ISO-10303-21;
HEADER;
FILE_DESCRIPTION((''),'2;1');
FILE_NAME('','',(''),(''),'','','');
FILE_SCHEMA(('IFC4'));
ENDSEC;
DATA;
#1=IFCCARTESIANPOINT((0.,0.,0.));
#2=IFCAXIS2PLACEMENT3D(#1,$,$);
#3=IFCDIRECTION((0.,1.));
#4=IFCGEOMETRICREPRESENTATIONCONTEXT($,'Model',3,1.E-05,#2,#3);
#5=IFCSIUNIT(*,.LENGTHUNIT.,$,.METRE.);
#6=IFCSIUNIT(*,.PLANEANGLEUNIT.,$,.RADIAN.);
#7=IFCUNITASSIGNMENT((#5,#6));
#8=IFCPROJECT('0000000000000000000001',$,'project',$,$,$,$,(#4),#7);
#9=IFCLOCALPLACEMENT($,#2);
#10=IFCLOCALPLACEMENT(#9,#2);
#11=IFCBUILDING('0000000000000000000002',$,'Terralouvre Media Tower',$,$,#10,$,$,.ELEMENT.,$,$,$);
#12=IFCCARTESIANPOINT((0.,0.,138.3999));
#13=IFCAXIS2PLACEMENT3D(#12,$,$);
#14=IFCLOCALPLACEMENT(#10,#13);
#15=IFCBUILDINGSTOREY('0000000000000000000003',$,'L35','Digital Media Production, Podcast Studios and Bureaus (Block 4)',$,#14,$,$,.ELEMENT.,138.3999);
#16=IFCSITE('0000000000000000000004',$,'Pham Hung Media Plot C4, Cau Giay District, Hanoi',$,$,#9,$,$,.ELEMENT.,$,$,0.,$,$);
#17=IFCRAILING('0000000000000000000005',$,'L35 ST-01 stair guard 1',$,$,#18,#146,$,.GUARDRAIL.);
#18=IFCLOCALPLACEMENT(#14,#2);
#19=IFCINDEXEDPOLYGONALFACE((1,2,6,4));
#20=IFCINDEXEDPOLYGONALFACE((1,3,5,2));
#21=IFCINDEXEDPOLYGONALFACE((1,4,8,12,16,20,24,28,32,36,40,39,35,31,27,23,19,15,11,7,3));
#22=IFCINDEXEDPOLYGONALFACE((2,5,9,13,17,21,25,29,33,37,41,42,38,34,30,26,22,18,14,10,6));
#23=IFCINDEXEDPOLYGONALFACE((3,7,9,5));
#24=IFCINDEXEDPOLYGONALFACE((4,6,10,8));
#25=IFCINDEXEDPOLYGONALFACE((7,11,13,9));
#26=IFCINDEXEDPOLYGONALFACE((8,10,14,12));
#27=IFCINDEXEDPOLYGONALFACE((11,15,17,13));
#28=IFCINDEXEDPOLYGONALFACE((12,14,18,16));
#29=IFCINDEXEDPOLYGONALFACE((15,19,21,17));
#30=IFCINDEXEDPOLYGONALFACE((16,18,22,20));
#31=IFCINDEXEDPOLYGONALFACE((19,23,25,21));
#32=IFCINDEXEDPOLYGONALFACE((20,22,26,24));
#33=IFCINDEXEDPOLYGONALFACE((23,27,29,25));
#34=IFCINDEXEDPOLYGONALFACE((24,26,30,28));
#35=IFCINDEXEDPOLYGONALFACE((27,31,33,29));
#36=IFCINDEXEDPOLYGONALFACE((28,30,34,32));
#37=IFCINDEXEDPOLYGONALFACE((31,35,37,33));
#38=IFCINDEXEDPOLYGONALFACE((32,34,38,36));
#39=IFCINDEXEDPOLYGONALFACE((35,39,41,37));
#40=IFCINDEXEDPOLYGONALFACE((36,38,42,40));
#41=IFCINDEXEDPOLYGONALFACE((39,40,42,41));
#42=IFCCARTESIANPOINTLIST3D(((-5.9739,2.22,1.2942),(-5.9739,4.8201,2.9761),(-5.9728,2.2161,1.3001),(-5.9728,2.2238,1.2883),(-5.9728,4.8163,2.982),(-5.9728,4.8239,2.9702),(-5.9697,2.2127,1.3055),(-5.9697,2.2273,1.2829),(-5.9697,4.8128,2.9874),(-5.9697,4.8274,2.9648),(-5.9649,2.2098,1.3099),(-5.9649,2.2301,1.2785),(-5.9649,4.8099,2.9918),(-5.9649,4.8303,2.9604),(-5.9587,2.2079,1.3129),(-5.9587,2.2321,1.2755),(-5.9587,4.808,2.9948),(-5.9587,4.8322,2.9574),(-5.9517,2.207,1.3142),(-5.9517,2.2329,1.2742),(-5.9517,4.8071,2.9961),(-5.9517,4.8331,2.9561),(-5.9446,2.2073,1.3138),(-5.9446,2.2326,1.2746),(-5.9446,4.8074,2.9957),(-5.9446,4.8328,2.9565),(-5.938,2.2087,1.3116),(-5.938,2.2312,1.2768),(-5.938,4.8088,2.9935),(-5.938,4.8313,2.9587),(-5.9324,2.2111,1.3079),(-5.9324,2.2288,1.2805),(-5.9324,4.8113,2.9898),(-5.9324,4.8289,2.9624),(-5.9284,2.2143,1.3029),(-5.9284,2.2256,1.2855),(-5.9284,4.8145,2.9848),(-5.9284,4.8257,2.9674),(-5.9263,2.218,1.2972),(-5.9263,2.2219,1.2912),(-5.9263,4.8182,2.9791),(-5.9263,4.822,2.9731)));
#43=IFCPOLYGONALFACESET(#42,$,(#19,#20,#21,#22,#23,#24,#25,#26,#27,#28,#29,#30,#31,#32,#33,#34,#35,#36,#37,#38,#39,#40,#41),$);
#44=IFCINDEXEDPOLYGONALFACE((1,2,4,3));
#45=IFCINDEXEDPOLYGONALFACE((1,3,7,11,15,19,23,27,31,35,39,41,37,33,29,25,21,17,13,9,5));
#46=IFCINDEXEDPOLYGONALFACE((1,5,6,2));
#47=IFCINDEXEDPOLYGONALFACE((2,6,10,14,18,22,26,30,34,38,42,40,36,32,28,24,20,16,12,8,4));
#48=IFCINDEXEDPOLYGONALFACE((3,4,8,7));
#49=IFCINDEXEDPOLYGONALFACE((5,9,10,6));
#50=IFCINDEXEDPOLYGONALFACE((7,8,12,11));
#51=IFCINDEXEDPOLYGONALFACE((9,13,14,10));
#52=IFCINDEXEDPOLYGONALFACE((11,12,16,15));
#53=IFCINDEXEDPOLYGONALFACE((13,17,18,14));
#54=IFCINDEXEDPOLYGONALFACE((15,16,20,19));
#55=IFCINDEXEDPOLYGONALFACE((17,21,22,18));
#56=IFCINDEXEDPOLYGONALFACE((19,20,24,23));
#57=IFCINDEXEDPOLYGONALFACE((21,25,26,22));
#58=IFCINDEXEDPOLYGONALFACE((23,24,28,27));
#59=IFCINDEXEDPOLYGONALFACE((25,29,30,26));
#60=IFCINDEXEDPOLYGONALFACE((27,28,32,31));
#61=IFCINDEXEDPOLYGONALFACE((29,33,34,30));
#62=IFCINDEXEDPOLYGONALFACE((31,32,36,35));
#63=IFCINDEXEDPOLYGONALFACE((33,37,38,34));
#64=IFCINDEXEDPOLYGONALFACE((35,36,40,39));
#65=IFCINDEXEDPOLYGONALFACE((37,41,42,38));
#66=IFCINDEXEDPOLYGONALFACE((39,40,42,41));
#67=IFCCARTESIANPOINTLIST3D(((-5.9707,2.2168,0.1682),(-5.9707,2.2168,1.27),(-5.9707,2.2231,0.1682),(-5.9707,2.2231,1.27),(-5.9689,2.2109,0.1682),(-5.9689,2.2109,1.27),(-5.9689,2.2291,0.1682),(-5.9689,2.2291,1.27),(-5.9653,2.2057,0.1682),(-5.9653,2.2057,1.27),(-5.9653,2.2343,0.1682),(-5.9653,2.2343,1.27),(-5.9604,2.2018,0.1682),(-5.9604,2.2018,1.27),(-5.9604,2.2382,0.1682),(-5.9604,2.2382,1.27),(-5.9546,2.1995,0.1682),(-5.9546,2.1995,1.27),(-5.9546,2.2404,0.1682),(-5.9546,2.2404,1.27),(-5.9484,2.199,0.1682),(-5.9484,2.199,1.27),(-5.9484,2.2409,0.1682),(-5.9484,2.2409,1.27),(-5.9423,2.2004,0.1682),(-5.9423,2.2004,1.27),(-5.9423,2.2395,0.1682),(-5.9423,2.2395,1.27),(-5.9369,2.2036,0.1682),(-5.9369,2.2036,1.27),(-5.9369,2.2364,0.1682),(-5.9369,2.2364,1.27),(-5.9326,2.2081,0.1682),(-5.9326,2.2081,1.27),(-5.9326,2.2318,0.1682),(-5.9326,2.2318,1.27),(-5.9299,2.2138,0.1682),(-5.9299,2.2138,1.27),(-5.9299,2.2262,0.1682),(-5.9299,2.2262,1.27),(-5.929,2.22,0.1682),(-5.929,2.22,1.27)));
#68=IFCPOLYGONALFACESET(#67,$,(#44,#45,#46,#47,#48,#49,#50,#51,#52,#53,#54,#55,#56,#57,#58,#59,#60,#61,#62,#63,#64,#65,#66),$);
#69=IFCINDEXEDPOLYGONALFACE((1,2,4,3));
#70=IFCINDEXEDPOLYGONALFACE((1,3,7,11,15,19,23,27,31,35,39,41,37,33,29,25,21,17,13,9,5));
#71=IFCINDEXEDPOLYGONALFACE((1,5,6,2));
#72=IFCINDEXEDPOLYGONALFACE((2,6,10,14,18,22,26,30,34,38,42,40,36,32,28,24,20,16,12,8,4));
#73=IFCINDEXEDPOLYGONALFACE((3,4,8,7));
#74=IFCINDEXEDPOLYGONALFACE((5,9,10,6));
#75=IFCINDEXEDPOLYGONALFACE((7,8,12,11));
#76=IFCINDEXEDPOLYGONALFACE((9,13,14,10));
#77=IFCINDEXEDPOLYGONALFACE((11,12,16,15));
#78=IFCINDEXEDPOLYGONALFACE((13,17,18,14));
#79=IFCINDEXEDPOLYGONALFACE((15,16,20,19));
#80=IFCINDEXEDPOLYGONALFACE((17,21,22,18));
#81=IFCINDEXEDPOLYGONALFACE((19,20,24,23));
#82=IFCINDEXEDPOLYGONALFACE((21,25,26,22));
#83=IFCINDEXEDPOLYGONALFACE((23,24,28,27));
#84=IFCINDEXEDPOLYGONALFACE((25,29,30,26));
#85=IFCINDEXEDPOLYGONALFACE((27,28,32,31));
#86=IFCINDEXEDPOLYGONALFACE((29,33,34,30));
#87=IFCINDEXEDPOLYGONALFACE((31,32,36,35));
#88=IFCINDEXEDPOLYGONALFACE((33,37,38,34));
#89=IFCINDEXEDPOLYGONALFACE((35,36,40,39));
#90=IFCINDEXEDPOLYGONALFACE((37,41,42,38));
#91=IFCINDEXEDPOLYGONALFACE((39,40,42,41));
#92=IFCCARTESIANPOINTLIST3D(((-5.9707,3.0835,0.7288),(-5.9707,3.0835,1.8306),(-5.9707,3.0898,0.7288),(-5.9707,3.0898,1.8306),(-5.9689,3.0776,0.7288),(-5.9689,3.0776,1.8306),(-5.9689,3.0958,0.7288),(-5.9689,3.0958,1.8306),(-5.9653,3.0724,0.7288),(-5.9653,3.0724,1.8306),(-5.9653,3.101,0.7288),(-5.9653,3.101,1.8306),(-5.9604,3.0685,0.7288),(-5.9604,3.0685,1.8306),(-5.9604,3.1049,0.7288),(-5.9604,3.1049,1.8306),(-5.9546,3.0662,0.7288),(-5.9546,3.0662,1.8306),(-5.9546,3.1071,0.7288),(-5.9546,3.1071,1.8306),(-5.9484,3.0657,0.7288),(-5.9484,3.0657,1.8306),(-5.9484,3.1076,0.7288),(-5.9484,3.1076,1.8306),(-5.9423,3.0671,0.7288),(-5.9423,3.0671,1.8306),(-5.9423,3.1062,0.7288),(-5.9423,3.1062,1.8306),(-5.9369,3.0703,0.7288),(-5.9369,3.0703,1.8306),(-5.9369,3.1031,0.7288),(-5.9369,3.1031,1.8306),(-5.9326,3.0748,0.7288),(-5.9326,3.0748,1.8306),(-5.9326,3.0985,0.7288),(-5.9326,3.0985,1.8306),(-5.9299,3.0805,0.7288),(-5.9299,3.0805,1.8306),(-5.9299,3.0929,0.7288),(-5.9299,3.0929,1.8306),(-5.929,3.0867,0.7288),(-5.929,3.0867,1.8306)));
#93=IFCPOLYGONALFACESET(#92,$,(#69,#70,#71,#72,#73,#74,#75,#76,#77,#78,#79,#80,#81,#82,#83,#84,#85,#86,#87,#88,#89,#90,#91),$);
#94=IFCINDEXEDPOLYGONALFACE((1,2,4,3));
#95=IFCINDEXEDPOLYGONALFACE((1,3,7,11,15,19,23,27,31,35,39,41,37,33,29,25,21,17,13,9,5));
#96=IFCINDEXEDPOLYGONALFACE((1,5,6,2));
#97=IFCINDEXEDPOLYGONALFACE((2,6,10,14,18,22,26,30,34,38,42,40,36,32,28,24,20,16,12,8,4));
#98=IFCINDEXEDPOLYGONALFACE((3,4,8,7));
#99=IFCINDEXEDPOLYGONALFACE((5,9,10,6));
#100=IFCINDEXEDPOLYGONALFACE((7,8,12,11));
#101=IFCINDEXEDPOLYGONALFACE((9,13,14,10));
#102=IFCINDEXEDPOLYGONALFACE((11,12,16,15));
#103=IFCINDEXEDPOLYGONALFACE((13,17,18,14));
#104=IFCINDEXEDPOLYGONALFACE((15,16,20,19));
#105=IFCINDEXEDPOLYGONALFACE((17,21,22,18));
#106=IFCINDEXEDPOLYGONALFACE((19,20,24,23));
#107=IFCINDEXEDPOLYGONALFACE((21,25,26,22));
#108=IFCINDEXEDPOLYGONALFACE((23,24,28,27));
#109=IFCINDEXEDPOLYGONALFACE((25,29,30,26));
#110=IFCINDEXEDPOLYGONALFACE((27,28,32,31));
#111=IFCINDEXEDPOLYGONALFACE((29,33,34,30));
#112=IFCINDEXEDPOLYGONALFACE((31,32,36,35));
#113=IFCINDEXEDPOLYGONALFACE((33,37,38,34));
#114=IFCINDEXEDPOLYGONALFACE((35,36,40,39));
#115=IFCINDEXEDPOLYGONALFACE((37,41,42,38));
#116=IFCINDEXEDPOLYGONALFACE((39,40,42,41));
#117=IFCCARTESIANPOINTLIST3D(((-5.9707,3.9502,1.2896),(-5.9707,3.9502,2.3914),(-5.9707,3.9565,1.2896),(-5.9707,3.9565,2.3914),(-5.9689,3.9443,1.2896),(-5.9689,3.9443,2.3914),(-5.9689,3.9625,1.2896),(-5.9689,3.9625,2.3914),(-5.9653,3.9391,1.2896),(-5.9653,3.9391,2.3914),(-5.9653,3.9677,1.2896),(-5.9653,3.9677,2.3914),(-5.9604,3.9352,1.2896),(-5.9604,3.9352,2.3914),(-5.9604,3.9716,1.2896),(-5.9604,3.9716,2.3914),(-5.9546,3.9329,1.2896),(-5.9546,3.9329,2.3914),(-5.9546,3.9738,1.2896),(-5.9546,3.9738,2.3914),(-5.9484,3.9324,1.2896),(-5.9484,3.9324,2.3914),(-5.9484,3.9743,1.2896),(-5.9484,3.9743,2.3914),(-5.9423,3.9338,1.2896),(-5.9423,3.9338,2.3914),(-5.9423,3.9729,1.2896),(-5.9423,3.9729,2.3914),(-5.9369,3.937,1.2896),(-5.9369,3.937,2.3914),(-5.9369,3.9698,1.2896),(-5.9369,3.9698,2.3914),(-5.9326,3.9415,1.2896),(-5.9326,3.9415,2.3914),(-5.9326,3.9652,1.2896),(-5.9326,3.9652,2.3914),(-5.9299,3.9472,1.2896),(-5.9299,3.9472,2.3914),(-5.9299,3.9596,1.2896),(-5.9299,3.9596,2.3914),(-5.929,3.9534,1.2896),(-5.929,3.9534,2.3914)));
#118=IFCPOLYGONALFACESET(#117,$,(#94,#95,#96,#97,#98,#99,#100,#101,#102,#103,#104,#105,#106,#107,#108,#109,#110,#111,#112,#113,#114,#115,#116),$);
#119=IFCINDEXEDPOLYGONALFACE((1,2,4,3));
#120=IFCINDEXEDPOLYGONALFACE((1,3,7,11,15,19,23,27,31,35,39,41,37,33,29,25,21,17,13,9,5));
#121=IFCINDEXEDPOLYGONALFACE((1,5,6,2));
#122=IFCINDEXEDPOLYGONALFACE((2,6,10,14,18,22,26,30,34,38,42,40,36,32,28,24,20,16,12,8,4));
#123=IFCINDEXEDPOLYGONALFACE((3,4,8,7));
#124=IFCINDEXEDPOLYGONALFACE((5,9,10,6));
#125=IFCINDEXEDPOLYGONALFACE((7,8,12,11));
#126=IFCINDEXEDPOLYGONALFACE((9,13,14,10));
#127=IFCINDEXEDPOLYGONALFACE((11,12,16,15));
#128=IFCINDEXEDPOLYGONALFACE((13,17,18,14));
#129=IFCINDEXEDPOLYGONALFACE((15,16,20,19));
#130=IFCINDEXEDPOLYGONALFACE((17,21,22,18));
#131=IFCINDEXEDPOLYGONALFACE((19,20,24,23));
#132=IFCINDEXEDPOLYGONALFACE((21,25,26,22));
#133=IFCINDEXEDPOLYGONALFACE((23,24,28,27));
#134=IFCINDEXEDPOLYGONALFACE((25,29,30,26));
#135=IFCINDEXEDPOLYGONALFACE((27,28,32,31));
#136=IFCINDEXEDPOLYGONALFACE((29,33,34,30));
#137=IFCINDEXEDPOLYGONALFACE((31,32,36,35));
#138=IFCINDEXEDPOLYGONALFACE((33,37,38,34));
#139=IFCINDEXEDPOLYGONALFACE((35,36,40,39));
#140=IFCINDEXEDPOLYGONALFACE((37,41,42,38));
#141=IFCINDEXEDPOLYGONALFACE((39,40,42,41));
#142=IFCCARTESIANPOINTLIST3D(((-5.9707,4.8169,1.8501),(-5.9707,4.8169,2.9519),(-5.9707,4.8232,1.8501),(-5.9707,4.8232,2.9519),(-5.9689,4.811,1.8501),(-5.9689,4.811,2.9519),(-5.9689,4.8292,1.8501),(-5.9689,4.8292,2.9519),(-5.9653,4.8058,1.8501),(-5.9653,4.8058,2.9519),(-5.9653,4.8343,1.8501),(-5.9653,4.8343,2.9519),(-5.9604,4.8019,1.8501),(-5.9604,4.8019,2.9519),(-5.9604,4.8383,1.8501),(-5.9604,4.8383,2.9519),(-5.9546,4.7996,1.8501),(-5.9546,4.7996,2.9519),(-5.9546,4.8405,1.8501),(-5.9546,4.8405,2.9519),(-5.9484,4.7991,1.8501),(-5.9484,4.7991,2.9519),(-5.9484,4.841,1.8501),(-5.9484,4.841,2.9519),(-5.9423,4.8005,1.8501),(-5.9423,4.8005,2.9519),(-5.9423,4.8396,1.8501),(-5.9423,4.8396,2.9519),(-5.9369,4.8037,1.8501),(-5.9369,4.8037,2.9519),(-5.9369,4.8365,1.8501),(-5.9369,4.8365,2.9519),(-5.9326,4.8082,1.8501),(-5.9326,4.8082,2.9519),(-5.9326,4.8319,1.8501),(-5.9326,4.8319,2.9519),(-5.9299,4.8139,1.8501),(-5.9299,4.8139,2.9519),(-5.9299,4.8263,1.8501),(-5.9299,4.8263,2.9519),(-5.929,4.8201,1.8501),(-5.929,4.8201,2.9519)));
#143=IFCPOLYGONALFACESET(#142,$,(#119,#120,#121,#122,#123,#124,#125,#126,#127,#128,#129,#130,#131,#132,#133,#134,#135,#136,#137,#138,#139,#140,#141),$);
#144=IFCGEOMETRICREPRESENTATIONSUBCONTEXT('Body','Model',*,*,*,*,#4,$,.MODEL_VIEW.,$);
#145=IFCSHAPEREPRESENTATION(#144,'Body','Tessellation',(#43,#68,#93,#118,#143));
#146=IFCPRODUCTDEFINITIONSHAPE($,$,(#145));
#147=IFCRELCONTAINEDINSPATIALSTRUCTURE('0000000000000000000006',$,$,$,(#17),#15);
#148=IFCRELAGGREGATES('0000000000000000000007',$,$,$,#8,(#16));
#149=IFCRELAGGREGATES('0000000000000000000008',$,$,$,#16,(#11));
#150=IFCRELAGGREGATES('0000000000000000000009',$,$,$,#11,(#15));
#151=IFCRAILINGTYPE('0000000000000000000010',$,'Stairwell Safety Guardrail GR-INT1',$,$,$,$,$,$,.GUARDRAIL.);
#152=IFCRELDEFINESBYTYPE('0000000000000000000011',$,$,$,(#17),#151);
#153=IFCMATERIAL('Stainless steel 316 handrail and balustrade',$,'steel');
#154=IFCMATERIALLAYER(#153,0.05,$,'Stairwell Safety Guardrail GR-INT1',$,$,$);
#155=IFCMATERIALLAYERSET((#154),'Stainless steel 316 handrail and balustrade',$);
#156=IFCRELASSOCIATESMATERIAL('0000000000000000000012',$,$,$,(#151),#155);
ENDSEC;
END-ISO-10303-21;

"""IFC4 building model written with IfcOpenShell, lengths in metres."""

from ifc_helpers import new_model, si_unit, direction, frame, origin, origin_2d, place, context, subcontext, project, spatial, circle, extrude, material, layer, layer_set, type_object, element, save


model = new_model("IFC4")

# Units and contexts
model_context = context("Model", 3, precision=1e-05, world=origin(), true_north=direction((0.0, 1.0)))
body_context = subcontext(model_context, "Body", "Model", "MODEL_VIEW")
ifc_project = project(units=[si_unit("LENGTHUNIT", "METRE"), si_unit("PLANEANGLEUNIT", "RADIAN")], contexts=[model_context])

# Site, building, storey
site_placement = place(None, origin())
site = spatial("IfcSite", under=ifc_project, at=site_placement, Name="Pham Hung Media Plot C4, Cau Giay District, Hanoi", CompositionType="ELEMENT", RefElevation=0.0)
building_placement = place(site_placement, origin())
building = spatial("IfcBuilding", under=site, at=building_placement, Name="Terralouvre Media Tower", CompositionType="ELEMENT")
storey_placement = place(building_placement, frame((0.0, 0.0, 138.3999)))
storey = spatial("IfcBuildingStorey", under=building, at=storey_placement, Name="L35", Description="Digital Media Production, Podcast Studios and Bureaus (Block 4)", CompositionType="ELEMENT", Elevation=138.3999)

# Railing
ifc_material_1 = material(Name="Stainless steel 316 handrail and balustrade", Category="steel")
ifc_layer_1 = layer(ifc_material_1, 0.05, Name="Stairwell Safety Guardrail GR-INT1")
ifc_layer_set_1 = layer_set([ifc_layer_1], Name="Stainless steel 316 handrail and balustrade")
railing_type_1 = type_object("IfcRailingType", Name="Stairwell Safety Guardrail GR-INT1", PredefinedType="GUARDRAIL", material=ifc_layer_set_1)
railing_1_placement = place(storey_placement, frame((-5.95, 2.22, 0.1682)))
element("IfcRailing", 1, at=railing_1_placement, inside=storey, type_object=railing_type_1, Name="L35 ST-01 stair guard 1", PredefinedType="GUARDRAIL", context=body_context, shape_type="SweptSolid", body=[
    extrude(circle(Radius=0.0239, at=origin_2d()), frame((0.0, 0.0, 1.126), z_axis=(0.0, 0.839648, 0.54313), x_axis=(-1.0, 0.0, 0.0)), (0.0, 0.0, 1.0), 3.0967),
    extrude(circle(Radius=0.021, at=origin_2d()), origin(), (0.0, 0.0, 1.0), 1.1018),
    extrude(circle(Radius=0.021, at=origin_2d()), frame((0.0, 0.8667, 0.5605)), (0.0, 0.0, 1.0), 1.1018),
    extrude(circle(Radius=0.021, at=origin_2d()), frame((0.0, 1.7334, 1.1213)), (0.0, 0.0, 1.0), 1.1018),
    extrude(circle(Radius=0.021, at=origin_2d()), frame((0.0, 2.6001, 1.6819)), (0.0, 0.0, 1.0), 1.1018),
])

save(model, "model.ifc")
